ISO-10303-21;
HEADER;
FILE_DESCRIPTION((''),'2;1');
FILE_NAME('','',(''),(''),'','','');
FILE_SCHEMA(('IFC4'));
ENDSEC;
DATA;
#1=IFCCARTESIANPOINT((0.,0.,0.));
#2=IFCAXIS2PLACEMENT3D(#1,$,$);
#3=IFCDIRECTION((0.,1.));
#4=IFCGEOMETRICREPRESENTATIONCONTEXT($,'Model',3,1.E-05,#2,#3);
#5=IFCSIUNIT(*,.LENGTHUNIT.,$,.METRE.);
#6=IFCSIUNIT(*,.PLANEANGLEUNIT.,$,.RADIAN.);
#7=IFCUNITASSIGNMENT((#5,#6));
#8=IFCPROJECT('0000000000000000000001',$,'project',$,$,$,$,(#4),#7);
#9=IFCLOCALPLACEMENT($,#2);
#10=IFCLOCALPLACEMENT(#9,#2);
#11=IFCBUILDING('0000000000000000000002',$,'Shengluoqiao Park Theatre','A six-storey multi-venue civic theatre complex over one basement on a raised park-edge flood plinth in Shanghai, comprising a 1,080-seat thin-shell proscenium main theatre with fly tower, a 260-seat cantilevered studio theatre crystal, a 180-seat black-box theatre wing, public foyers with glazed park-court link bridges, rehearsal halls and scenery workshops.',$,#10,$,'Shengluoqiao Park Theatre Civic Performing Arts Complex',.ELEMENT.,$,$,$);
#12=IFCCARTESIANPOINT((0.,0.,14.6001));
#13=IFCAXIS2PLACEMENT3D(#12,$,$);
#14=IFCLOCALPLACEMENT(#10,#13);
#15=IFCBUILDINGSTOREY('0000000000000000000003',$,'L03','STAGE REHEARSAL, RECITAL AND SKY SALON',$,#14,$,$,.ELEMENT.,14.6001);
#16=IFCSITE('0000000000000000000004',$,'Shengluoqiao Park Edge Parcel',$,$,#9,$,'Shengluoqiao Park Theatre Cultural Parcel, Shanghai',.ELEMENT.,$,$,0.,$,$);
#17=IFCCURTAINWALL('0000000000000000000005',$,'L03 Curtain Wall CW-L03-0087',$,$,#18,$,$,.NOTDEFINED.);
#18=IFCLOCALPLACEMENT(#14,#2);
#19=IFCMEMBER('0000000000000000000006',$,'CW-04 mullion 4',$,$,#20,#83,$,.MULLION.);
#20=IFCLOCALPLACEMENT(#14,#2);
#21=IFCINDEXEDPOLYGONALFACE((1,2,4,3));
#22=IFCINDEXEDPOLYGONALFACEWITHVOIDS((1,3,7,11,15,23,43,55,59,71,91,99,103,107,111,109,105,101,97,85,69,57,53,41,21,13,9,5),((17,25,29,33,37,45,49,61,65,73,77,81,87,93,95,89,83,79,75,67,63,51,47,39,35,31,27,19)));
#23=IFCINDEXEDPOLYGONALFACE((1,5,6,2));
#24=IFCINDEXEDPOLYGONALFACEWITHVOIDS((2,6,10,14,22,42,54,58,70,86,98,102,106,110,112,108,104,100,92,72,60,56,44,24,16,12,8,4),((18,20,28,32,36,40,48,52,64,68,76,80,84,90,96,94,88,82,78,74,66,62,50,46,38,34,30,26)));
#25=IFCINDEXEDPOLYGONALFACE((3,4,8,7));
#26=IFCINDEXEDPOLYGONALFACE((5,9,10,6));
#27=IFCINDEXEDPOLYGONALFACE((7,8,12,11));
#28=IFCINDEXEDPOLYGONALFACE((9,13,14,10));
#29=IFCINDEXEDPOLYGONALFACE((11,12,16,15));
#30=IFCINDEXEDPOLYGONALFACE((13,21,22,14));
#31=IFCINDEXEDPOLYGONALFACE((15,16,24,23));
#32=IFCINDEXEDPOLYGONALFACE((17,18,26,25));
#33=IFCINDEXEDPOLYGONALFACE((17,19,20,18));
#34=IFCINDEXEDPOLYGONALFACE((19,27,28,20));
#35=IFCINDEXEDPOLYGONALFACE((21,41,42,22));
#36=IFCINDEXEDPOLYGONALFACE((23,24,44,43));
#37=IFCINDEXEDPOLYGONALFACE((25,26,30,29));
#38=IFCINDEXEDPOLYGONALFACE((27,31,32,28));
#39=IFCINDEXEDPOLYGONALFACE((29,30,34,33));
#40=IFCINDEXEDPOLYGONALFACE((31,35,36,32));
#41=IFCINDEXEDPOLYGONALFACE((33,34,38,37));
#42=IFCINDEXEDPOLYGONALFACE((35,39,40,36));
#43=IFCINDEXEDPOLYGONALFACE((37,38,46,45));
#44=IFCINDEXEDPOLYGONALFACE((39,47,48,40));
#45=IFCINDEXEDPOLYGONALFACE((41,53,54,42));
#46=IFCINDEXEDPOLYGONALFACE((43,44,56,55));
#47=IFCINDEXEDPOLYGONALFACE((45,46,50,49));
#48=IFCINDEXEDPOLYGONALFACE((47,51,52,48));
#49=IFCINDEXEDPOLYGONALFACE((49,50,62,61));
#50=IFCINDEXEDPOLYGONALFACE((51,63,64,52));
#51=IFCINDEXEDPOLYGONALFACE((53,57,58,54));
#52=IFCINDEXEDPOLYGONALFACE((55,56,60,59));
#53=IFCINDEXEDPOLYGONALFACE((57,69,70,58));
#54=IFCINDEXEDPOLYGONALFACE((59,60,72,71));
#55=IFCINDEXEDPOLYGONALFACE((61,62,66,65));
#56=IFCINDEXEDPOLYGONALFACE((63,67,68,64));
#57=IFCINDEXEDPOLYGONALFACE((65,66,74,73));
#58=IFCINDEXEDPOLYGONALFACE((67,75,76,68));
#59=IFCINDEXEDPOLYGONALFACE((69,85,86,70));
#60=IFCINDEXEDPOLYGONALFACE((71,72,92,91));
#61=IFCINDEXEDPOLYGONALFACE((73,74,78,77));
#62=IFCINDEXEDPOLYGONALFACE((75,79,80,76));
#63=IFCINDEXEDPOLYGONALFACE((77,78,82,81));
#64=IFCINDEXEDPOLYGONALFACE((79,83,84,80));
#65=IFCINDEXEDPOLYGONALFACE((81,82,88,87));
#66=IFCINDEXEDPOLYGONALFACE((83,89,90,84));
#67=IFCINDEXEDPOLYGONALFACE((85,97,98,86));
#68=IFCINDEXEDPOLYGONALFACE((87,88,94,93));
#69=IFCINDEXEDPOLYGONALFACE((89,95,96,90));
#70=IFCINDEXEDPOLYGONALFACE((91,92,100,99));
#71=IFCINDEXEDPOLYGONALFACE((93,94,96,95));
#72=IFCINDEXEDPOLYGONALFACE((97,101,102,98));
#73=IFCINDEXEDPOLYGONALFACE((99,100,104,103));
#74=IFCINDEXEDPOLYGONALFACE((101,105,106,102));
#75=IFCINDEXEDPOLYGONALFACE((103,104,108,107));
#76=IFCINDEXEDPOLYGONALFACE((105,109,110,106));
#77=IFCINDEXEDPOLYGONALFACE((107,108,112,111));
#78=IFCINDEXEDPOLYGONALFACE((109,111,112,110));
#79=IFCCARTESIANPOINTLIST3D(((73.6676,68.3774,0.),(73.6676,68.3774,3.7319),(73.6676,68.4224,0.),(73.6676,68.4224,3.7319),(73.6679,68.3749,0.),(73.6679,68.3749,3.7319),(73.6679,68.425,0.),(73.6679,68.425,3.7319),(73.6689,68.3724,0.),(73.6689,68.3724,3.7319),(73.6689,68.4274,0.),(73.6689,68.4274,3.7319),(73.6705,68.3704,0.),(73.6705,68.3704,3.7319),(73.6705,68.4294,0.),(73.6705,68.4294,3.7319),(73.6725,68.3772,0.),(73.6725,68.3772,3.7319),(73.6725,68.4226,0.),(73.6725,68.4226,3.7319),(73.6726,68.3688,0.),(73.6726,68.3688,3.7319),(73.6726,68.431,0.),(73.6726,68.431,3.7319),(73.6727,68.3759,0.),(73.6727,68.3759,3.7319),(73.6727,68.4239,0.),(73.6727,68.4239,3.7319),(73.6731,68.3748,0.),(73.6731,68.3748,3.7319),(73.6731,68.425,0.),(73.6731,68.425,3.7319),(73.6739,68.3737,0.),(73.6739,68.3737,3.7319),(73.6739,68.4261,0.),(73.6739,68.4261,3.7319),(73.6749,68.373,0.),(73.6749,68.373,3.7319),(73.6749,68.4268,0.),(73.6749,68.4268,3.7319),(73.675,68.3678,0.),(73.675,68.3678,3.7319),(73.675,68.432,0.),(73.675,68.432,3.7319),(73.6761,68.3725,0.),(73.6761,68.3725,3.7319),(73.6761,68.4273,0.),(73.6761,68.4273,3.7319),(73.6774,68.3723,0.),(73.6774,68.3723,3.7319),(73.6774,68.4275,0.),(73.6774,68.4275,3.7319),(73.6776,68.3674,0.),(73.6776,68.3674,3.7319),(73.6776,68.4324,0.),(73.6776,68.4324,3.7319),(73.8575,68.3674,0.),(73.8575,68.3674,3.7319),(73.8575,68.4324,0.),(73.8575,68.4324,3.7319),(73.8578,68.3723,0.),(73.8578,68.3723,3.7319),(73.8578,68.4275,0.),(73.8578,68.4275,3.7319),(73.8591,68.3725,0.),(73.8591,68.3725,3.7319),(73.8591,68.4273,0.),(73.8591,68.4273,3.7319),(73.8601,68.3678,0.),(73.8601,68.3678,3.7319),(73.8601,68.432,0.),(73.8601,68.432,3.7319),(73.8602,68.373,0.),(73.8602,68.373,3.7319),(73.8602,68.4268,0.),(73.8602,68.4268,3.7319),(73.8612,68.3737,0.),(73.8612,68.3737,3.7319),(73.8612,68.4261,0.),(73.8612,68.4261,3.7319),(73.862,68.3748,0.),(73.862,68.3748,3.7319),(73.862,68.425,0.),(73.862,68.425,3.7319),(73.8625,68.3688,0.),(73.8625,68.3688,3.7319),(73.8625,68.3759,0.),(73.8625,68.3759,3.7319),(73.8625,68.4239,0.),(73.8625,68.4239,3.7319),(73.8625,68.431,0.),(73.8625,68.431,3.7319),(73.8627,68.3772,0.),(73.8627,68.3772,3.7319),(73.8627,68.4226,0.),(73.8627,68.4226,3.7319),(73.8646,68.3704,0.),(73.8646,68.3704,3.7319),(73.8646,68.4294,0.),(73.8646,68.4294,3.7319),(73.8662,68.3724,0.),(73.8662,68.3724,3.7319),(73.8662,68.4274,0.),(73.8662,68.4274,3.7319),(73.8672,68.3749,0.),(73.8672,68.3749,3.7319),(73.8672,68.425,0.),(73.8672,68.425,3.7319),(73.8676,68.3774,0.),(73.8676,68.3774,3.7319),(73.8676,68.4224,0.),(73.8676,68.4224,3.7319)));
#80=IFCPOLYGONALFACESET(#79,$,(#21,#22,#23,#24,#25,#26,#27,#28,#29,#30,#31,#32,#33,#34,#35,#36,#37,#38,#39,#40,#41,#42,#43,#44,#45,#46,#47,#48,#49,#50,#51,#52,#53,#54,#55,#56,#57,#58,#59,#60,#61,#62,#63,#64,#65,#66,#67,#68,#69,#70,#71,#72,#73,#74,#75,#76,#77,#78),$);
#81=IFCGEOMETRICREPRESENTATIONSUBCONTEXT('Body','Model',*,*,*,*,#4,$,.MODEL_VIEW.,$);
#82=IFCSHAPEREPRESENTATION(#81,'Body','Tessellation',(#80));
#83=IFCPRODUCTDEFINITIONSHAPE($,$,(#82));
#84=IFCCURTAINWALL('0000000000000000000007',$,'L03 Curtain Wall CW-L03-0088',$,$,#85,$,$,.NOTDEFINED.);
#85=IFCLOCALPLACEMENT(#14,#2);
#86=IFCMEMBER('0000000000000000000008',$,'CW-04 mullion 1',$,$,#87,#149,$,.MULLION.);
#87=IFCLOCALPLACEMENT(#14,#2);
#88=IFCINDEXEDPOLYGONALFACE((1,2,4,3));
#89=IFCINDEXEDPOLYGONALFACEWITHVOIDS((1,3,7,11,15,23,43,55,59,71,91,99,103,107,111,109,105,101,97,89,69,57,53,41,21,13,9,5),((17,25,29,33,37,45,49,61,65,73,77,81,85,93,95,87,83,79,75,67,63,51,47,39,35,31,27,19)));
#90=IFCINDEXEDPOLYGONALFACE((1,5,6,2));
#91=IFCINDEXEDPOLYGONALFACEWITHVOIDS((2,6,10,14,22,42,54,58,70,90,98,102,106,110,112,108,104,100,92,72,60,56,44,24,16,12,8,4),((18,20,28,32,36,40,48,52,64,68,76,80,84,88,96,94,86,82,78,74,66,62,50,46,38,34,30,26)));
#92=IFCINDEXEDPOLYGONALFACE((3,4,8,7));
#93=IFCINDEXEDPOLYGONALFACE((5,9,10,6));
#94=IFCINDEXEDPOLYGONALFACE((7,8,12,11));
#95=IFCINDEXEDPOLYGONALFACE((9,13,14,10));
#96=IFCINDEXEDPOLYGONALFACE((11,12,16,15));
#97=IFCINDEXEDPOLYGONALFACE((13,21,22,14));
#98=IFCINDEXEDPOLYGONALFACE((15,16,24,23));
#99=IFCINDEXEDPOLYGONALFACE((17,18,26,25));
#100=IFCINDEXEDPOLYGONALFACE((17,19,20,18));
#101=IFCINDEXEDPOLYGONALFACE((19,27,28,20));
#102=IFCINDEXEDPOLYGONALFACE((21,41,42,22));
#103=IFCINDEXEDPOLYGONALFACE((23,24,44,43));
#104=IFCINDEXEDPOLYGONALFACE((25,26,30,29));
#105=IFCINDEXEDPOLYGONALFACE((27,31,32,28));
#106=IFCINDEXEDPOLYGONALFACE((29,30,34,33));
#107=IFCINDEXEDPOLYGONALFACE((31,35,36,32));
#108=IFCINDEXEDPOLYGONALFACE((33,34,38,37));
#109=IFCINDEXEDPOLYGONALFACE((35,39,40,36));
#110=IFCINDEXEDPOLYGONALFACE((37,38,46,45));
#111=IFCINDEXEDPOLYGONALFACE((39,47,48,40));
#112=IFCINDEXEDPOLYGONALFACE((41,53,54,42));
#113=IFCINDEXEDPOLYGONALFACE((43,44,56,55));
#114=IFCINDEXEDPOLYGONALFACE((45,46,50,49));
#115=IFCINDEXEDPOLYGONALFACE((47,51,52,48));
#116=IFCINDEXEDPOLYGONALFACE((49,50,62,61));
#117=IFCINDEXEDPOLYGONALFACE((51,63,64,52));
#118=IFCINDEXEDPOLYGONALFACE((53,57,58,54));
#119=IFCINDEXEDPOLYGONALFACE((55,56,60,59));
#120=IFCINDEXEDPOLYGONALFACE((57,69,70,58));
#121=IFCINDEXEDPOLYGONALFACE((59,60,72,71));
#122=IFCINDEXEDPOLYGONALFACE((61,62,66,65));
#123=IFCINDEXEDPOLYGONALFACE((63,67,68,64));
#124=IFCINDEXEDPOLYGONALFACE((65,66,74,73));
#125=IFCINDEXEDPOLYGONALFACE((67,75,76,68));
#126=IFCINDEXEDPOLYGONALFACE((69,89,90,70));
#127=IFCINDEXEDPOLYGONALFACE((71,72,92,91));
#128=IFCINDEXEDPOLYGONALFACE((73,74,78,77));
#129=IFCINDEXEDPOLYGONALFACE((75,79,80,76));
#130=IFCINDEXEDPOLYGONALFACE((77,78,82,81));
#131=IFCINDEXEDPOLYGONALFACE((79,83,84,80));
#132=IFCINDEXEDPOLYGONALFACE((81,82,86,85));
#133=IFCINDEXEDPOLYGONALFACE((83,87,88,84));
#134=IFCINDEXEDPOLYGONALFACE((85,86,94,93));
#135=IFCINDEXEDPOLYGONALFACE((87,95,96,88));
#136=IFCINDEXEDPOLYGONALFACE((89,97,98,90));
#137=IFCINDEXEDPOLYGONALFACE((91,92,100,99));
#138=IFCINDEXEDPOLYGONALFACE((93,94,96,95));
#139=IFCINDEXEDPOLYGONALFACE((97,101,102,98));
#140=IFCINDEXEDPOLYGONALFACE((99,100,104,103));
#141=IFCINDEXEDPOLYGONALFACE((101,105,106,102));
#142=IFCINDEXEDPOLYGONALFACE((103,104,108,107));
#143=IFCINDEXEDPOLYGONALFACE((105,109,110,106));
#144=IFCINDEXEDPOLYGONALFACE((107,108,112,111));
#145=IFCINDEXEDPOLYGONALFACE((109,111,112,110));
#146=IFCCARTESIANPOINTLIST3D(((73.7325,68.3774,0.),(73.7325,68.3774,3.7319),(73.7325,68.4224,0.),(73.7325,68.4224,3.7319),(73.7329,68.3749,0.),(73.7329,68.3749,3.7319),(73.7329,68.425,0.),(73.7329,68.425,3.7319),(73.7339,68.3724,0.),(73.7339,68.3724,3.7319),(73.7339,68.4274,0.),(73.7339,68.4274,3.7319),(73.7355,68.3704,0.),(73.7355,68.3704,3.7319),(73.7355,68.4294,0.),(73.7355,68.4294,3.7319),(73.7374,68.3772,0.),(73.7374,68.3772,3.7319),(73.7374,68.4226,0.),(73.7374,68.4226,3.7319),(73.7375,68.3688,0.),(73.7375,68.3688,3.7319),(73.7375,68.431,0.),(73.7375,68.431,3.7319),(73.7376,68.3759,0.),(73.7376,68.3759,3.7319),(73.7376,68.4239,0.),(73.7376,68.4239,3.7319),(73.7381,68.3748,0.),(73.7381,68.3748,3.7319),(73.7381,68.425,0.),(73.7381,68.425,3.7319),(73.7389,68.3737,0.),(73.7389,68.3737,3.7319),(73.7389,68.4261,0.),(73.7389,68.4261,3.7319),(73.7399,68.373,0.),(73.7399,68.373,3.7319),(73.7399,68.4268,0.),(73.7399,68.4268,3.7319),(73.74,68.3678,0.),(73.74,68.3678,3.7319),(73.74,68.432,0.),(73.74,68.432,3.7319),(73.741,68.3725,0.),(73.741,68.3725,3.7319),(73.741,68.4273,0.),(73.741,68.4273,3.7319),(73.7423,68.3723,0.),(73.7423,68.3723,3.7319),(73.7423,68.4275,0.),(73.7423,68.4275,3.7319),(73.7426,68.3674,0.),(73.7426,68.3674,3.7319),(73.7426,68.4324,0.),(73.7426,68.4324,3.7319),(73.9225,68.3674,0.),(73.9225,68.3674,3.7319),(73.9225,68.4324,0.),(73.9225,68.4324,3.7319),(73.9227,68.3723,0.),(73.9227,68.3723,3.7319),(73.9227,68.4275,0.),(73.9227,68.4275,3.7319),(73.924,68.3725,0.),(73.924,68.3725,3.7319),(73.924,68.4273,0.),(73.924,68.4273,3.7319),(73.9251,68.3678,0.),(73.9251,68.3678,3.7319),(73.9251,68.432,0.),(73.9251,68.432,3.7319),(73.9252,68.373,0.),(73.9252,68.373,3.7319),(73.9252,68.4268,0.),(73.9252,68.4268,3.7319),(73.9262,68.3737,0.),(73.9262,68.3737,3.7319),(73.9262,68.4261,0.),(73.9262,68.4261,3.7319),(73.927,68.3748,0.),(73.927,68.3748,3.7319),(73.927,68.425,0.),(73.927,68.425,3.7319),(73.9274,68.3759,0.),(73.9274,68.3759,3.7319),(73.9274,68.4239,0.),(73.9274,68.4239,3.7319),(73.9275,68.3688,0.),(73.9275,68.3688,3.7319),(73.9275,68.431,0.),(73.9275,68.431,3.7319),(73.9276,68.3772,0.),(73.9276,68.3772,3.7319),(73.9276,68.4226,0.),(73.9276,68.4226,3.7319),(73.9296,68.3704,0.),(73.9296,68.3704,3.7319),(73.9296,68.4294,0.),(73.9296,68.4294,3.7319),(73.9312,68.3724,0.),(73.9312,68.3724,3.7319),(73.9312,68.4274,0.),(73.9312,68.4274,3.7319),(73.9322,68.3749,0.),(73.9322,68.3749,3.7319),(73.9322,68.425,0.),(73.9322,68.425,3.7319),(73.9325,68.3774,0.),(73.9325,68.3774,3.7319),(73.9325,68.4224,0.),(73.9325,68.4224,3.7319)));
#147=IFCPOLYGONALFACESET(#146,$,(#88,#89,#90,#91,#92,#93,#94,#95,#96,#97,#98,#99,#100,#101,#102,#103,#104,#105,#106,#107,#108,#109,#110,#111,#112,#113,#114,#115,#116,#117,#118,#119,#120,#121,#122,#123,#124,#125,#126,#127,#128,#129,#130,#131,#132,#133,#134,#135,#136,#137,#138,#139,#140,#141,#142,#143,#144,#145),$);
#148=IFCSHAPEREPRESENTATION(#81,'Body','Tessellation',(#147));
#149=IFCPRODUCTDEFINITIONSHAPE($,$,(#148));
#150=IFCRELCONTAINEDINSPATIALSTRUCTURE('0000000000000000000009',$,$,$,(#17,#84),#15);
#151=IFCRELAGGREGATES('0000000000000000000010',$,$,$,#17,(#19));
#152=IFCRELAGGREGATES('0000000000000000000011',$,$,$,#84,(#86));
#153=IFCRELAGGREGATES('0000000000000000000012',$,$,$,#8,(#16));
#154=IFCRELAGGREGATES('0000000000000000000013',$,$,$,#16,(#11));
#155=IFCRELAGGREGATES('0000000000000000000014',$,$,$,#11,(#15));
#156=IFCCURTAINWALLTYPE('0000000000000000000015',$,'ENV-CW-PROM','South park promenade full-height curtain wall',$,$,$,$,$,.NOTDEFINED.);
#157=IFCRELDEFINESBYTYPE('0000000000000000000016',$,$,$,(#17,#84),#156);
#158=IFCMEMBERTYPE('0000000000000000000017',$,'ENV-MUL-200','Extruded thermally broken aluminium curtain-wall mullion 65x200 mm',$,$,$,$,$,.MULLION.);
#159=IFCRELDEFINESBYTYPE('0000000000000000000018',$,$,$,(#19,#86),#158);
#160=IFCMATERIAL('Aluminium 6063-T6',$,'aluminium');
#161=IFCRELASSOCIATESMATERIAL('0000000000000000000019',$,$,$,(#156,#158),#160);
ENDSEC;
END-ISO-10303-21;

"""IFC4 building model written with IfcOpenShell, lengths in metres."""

from ifc_helpers import new_model, si_unit, direction, frame, origin, origin_2d, place, context, subcontext, project, spatial, hollow_rectangle, extrude, material, material_profile, profile_set, type_object, element, aggregate, save


model = new_model("IFC4")

# Units and contexts
model_context = context("Model", 3, precision=1e-05, world=origin(), true_north=direction((0.0, 1.0)))
body_context = subcontext(model_context, "Body", "Model", "MODEL_VIEW")
ifc_project = project(units=[si_unit("LENGTHUNIT", "METRE"), si_unit("PLANEANGLEUNIT", "RADIAN")], contexts=[model_context])

# Site, building, storey
site_placement = place(None, origin())
site = spatial("IfcSite", under=ifc_project, at=site_placement, Name="Shengluoqiao Park Edge Parcel", LongName="Shengluoqiao Park Theatre Cultural Parcel, Shanghai", CompositionType="ELEMENT", RefElevation=0.0)
building_placement = place(site_placement, origin())
building = spatial("IfcBuilding", under=site, at=building_placement, Name="Shengluoqiao Park Theatre", Description="A six-storey multi-venue civic theatre complex over one basement on a raised park-edge flood plinth in Shanghai, comprising a 1,080-seat thin-shell proscenium main theatre with fly tower, a 260-seat cantilevered studio theatre crystal, a 180-seat black-box theatre wing, public foyers with glazed park-court link bridges, rehearsal halls and scenery workshops.", LongName="Shengluoqiao Park Theatre Civic Performing Arts Complex", CompositionType="ELEMENT")
storey_placement = place(building_placement, frame((0.0, 0.0, 14.6001)))
storey = spatial("IfcBuildingStorey", under=building, at=storey_placement, Name="L03", Description="STAGE REHEARSAL, RECITAL AND SKY SALON", CompositionType="ELEMENT", Elevation=14.6001)

# Curtain walls, members
ifc_material_1 = material(Name="Aluminium 6063-T6", Category="aluminium")
curtain_wall_type = type_object("IfcCurtainWallType", Name="ENV-CW-PROM", Description="South park promenade full-height curtain wall", PredefinedType="NOTDEFINED", material=ifc_material_1)
curtain_wall_1_placement = place(storey_placement, origin())
curtain_wall_1 = element("IfcCurtainWall", 1, at=curtain_wall_1_placement, inside=storey, type_object=curtain_wall_type, Name="L03 Curtain Wall CW-L03-0087", PredefinedType="NOTDEFINED")
ifc_material_profile_1 = material_profile(ifc_material_1, hollow_rectangle(XDim=0.0649, YDim=0.2, WallThickness=0.0049, InnerFilletRadius=0.0049, OuterFilletRadius=0.01, at=origin_2d()), Name="ALU MULLION 200x65x5")
ifc_profile_set_1 = profile_set([ifc_material_profile_1], Name="Aluminium 6063-T6")
member_type_1 = type_object("IfcMemberType", Name="ENV-MUL-200", Description="Extruded thermally broken aluminium curtain-wall mullion 65x200 mm", PredefinedType="MULLION", material=ifc_profile_set_1)
member_1_placement = place(storey_placement, frame((73.7676, 68.3999, 0.0), z_axis=(0.0, 0.0, 1.0), x_axis=(0.0, 1.0, 0.0)))
member_1 = element("IfcMember", 2, at=member_1_placement, type_object=member_type_1, Name="CW-04 mullion 4", PredefinedType="MULLION", context=body_context, shape_type="SweptSolid", body=[
    extrude(hollow_rectangle(XDim=0.0649, YDim=0.2, WallThickness=0.0049, InnerFilletRadius=0.0049, OuterFilletRadius=0.01, at=origin_2d()), origin(), (0.0, 0.0, 1.0), 3.7319),
])
curtain_wall_2_placement = place(storey_placement, origin())
curtain_wall_2 = element("IfcCurtainWall", 3, at=curtain_wall_2_placement, inside=storey, type_object=curtain_wall_type, Name="L03 Curtain Wall CW-L03-0088", PredefinedType="NOTDEFINED")
member_2_placement = place(storey_placement, frame((73.8325, 68.3999, 0.0), z_axis=(0.0, 0.0, 1.0), x_axis=(0.0, 1.0, 0.0)))
member_2 = element("IfcMember", 4, at=member_2_placement, type_object=member_type_1, Name="CW-04 mullion 1", PredefinedType="MULLION", context=body_context, shape_type="SweptSolid", body=[
    extrude(hollow_rectangle(XDim=0.0649, YDim=0.2, WallThickness=0.0049, InnerFilletRadius=0.0049, OuterFilletRadius=0.01, at=origin_2d()), origin(), (0.0, 0.0, 1.0), 3.7319),
])

aggregate(curtain_wall_1, [member_1])
aggregate(curtain_wall_2, [member_2])

save(model, "model.ifc")
